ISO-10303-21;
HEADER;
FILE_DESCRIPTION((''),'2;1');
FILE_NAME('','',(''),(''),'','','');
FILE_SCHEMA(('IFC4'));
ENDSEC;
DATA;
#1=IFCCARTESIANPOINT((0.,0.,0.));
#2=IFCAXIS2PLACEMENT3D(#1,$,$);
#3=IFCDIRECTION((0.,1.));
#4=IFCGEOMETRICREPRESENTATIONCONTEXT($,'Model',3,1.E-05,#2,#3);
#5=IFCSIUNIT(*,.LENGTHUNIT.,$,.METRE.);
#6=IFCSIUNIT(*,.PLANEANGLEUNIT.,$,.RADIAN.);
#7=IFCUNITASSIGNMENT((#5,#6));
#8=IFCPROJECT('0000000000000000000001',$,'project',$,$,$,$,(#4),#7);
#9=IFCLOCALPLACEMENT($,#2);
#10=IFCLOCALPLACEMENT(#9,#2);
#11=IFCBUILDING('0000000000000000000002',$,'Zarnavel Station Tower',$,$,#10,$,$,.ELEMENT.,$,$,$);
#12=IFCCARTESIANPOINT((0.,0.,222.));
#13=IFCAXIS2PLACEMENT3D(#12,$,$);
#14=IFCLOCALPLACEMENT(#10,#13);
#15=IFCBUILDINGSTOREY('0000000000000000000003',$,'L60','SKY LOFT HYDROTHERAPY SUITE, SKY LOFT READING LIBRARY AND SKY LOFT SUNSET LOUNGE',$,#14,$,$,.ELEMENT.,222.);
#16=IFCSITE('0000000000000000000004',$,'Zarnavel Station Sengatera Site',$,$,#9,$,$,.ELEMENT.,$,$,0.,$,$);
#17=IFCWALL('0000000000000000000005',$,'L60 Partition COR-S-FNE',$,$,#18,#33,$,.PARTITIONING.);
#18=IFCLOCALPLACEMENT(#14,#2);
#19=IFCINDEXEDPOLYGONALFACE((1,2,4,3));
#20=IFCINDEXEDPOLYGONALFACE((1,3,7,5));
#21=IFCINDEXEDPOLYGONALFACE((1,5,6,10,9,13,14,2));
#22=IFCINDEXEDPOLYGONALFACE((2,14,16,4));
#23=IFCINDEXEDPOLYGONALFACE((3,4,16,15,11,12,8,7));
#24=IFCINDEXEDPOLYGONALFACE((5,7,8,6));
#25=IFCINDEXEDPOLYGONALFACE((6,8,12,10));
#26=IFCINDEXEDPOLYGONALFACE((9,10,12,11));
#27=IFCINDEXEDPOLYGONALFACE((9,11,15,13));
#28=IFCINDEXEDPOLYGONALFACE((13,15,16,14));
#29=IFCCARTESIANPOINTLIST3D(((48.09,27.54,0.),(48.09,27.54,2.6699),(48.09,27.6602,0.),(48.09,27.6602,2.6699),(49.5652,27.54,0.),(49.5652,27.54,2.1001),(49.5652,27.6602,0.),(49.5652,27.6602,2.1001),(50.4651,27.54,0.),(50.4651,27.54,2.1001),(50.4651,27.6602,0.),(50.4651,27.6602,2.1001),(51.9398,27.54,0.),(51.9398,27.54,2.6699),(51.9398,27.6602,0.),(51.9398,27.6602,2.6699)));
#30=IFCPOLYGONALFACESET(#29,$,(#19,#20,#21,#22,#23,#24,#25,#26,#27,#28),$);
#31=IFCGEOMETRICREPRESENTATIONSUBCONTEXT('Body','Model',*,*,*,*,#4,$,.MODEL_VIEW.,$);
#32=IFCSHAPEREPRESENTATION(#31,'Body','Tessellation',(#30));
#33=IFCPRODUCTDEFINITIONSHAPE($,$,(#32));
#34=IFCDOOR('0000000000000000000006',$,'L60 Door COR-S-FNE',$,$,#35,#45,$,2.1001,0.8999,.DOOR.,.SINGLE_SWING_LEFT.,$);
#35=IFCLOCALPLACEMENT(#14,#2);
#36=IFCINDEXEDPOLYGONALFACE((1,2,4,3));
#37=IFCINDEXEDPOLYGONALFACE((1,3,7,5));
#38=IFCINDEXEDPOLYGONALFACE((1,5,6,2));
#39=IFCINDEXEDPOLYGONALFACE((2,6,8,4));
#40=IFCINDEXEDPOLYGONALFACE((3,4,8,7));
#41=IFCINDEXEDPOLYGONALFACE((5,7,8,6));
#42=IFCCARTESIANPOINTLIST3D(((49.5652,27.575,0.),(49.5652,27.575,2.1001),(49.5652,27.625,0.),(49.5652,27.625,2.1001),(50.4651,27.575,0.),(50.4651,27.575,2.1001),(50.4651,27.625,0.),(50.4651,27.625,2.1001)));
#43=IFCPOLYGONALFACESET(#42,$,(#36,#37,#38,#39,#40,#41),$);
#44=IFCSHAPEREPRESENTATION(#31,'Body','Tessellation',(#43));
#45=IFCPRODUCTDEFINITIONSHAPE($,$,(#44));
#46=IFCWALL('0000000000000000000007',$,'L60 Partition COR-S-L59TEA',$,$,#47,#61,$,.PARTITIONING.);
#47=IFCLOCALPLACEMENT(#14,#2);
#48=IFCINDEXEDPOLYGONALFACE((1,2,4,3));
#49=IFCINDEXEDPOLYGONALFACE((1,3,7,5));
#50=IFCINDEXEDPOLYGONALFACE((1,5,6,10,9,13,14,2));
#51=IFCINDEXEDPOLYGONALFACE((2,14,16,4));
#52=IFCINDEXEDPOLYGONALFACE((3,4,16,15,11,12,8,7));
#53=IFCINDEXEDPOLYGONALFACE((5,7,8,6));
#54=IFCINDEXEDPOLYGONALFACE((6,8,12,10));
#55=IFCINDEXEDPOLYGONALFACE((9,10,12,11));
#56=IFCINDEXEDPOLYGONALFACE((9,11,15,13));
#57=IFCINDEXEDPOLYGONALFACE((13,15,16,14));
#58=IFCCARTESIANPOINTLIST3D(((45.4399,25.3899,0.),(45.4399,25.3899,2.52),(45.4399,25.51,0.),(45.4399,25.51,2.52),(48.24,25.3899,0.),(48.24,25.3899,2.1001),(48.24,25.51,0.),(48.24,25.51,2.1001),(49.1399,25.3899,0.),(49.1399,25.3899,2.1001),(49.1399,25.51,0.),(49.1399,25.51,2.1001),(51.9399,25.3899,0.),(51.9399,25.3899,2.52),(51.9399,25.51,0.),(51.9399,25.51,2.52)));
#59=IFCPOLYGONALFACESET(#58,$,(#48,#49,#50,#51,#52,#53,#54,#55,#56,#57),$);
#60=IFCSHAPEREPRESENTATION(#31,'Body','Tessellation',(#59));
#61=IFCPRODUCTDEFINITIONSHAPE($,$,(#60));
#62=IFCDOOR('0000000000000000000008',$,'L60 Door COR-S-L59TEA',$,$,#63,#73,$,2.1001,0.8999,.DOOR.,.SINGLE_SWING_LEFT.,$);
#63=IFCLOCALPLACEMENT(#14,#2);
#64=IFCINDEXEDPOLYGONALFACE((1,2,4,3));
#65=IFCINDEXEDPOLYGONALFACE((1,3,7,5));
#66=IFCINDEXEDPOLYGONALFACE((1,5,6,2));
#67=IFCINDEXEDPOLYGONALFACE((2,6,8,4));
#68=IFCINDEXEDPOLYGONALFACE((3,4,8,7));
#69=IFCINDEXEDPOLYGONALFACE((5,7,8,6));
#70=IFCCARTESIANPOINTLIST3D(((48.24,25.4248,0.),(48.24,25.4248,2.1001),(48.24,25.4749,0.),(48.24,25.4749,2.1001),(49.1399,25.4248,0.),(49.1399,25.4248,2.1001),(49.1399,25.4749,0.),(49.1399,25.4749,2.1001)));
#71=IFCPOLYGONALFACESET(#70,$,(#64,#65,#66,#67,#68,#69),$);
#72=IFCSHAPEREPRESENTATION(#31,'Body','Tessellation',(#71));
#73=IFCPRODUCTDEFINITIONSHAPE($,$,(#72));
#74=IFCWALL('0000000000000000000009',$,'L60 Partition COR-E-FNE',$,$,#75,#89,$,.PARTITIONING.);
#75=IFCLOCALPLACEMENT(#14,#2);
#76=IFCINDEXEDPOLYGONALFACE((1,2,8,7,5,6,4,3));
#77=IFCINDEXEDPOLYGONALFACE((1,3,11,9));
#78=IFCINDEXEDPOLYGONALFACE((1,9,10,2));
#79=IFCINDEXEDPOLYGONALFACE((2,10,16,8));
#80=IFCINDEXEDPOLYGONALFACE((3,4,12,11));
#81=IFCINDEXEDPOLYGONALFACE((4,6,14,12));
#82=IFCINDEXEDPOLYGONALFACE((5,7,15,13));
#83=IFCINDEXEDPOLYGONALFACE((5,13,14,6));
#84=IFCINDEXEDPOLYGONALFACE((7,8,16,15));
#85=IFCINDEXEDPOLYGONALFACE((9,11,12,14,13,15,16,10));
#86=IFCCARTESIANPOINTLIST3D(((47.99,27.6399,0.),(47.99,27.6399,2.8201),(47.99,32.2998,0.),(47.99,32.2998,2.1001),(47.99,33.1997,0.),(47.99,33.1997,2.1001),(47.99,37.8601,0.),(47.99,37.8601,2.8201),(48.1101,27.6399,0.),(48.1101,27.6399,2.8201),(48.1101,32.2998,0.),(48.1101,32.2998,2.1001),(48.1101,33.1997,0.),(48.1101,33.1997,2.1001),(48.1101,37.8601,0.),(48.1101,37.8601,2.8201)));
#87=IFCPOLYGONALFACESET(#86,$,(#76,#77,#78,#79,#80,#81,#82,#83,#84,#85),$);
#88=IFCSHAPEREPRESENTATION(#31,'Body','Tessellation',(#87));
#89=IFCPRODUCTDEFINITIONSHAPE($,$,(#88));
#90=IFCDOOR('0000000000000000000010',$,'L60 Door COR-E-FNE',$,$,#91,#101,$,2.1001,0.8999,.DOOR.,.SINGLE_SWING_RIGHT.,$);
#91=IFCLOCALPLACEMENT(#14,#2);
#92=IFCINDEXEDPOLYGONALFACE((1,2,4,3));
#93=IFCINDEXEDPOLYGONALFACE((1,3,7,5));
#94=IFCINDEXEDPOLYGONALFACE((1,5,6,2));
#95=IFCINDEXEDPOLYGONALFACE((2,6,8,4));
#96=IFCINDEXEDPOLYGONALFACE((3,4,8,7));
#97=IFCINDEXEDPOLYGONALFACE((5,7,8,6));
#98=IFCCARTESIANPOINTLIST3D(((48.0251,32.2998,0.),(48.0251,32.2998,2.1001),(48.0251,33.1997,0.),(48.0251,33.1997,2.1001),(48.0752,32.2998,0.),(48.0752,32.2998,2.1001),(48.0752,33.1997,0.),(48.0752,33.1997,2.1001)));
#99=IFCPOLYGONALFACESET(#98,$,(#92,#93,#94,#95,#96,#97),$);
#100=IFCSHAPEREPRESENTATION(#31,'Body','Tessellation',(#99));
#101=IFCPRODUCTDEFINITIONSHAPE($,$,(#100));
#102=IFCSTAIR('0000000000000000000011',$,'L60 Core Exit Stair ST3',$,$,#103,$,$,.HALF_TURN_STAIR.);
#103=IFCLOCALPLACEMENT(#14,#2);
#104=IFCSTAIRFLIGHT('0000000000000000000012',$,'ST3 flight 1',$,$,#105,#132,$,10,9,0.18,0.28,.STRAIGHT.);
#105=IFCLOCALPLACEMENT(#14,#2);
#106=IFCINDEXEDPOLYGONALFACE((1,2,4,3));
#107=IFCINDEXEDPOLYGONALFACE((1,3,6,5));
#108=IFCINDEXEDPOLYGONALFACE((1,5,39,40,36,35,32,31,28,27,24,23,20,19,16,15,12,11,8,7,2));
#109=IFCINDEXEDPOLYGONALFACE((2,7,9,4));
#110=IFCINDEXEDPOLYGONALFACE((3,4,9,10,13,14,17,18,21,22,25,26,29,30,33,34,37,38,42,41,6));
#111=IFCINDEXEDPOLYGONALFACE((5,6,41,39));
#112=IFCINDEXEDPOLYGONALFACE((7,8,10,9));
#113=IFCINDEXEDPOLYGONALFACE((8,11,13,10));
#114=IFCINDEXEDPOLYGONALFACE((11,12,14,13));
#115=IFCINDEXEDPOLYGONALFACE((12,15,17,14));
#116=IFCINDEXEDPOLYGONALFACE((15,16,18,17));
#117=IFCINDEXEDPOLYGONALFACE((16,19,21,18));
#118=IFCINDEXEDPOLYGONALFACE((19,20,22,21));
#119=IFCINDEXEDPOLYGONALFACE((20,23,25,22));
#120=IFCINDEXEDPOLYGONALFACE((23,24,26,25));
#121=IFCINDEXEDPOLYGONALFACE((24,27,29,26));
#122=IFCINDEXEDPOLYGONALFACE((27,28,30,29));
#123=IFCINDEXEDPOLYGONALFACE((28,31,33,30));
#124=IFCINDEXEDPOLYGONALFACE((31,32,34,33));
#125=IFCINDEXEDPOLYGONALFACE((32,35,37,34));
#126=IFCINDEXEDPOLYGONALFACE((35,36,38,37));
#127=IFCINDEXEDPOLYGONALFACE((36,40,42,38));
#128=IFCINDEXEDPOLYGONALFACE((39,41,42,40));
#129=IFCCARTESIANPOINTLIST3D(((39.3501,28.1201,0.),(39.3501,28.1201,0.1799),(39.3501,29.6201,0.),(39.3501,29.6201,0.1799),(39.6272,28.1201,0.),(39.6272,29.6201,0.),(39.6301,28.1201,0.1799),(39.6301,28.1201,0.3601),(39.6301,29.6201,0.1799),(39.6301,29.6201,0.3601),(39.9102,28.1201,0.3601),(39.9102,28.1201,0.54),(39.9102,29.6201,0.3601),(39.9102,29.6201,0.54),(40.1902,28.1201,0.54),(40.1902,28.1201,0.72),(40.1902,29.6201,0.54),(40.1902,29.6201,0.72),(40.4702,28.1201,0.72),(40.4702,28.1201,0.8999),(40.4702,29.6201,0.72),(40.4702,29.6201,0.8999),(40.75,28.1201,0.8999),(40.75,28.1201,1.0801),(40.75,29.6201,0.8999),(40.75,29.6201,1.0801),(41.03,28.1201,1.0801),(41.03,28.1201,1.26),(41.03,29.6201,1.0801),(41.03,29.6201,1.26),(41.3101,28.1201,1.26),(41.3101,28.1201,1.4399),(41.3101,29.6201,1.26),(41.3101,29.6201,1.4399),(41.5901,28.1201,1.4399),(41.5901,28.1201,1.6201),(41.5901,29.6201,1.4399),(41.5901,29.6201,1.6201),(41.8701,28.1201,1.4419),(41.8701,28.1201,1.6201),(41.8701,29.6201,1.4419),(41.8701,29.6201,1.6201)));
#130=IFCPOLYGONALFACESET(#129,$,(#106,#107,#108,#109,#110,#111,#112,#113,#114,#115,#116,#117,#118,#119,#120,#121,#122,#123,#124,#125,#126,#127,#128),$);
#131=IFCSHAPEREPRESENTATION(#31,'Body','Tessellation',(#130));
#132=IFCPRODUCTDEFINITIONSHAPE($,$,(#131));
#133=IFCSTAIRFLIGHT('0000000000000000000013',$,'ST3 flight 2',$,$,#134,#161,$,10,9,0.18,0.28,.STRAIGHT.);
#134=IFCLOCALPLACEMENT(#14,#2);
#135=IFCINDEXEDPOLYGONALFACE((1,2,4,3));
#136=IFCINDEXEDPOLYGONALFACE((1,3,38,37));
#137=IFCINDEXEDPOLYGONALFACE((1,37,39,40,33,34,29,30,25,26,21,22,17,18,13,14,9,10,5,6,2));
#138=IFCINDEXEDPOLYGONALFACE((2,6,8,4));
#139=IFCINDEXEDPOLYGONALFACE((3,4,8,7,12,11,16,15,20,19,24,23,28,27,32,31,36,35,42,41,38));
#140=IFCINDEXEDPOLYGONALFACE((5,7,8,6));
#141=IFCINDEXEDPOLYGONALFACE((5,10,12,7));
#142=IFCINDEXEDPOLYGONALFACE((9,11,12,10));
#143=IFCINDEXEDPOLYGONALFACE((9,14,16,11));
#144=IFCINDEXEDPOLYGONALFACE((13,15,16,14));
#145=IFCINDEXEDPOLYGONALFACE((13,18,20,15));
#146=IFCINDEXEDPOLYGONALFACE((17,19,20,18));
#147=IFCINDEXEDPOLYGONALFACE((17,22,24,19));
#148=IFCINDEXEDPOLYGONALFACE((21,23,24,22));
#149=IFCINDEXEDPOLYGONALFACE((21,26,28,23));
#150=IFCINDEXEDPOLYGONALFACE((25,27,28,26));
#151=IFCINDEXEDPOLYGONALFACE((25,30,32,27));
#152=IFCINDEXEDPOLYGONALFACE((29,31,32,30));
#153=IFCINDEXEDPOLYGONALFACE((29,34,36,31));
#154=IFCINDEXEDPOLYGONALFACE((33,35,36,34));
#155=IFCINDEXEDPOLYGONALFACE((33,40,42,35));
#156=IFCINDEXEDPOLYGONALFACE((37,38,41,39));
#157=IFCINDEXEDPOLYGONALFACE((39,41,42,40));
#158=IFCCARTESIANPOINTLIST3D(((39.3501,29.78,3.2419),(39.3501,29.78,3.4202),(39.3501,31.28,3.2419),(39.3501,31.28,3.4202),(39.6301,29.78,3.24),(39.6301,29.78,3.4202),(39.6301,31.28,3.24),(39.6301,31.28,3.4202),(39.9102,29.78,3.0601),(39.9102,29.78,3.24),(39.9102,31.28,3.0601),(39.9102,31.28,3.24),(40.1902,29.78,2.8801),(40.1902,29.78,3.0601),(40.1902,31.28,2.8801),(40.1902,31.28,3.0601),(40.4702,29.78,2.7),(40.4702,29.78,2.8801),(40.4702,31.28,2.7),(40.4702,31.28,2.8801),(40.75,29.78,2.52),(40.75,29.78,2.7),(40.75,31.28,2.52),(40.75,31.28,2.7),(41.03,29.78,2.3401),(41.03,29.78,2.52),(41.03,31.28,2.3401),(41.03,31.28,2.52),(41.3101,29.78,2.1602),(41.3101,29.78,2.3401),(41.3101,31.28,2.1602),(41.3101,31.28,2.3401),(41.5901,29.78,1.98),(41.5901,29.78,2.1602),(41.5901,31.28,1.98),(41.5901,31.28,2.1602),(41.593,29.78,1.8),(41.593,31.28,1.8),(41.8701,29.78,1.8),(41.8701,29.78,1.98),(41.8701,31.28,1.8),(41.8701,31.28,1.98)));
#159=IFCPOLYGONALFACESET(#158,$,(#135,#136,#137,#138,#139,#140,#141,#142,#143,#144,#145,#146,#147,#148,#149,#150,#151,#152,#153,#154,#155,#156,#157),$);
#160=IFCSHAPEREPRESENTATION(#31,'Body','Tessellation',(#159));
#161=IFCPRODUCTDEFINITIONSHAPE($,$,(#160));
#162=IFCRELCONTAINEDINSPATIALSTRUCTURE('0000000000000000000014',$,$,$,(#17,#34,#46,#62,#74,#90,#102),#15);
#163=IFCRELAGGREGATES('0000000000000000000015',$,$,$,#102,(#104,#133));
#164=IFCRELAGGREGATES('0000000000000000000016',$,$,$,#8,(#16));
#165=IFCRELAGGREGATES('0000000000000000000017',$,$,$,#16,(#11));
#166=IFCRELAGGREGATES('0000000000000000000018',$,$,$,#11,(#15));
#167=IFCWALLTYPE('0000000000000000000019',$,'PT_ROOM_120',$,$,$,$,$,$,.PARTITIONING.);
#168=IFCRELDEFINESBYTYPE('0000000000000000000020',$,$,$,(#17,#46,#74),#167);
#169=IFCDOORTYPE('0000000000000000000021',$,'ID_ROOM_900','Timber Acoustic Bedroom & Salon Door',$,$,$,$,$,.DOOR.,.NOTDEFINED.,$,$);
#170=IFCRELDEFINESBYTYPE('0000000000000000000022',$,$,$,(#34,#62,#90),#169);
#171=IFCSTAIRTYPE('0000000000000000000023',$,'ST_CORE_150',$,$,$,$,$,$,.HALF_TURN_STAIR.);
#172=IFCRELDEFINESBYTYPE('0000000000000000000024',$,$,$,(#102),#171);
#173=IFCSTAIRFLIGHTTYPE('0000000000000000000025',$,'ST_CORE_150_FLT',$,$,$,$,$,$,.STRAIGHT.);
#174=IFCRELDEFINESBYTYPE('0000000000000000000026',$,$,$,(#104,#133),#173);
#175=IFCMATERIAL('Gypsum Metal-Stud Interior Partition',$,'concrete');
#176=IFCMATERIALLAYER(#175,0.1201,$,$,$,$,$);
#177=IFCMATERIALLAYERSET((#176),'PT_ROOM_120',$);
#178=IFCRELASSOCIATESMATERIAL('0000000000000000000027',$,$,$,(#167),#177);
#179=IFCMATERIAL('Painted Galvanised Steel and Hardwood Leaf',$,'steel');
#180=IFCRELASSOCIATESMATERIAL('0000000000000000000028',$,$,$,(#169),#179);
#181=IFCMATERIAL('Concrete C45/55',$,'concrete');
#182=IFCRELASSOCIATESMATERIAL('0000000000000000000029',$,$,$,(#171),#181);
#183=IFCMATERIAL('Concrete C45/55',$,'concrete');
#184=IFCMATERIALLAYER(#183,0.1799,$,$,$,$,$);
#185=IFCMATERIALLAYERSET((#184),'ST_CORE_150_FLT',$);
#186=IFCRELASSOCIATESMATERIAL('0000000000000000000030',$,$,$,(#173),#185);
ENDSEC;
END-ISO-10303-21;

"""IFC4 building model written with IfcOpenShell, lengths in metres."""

from ifc_helpers import new_model, si_unit, direction, frame, frame_2d, origin, place, context, subcontext, project, spatial, polyline, rectangle, outline, extrude, material, layer, layer_set, type_object, element, fill, aggregate, save


model = new_model("IFC4")

# Units and contexts
model_context = context("Model", 3, precision=1e-05, world=origin(), true_north=direction((0.0, 1.0)))
body_context = subcontext(model_context, "Body", "Model", "MODEL_VIEW")
ifc_project = project(units=[si_unit("LENGTHUNIT", "METRE"), si_unit("PLANEANGLEUNIT", "RADIAN")], contexts=[model_context])

# Site, building, storey
site_placement = place(None, origin())
site = spatial("IfcSite", under=ifc_project, at=site_placement, Name="Zarnavel Station Sengatera Site", CompositionType="ELEMENT", RefElevation=0.0)
building_placement = place(site_placement, origin())
building = spatial("IfcBuilding", under=site, at=building_placement, Name="Zarnavel Station Tower", CompositionType="ELEMENT")
storey_placement = place(building_placement, frame((0.0, 0.0, 222.0)))
storey = spatial("IfcBuildingStorey", under=building, at=storey_placement, Name="L60", Description="SKY LOFT HYDROTHERAPY SUITE, SKY LOFT READING LIBRARY AND SKY LOFT SUNSET LOUNGE", CompositionType="ELEMENT", Elevation=222.0)

# Walls, openings, doors
ifc_material_1 = material(Name="Gypsum Metal-Stud Interior Partition", Category="concrete")
ifc_layer_1 = layer(ifc_material_1, 0.1201)
ifc_layer_set_1 = layer_set([ifc_layer_1], Name="PT_ROOM_120")
wall_type_1 = type_object("IfcWallType", Name="PT_ROOM_120", PredefinedType="PARTITIONING", material=ifc_layer_set_1)
wall_1_placement = place(storey_placement, frame((48.0901, 27.6001, 0.0), z_axis=(0.0, 0.0, 1.0), x_axis=(1.0, 0.0, 0.0)))
wall_1 = element("IfcWall", 1, at=wall_1_placement, inside=storey, type_object=wall_type_1, Name="L60 Partition COR-S-FNE", PredefinedType="PARTITIONING", context=body_context, shape_type="SweptSolid", body=[
    extrude(rectangle(XDim=3.8499, YDim=0.1201, at=frame_2d((1.9248, 0.0))), origin(), (0.0, 0.0, 1.0), 2.6699),
])
opening_1_placement = place(wall_1_placement, frame((1.4751, 0.0, 0.0)))
opening_1 = element("IfcOpeningElement", 2, at=opening_1_placement, cuts=wall_1, PredefinedType="OPENING", context=body_context, shape_type="SweptSolid", body=[
    extrude(rectangle(XDim=0.8999, YDim=2.1001, at=frame_2d((0.45, 1.05))), frame((0.0, 0.0701, 0.0), z_axis=(0.0, -1.0, 0.0), x_axis=(1.0, 0.0, 0.0)), (0.0, 0.0, 1.0), 0.1401),
])
ifc_material_2 = material(Name="Painted Galvanised Steel and Hardwood Leaf", Category="steel")
door_type_1 = type_object("IfcDoorType", Name="ID_ROOM_900", Description="Timber Acoustic Bedroom & Salon Door", OperationType="NOTDEFINED", PredefinedType="DOOR", material=ifc_material_2)
door_1_placement = place(opening_1_placement, origin())
door_1 = element("IfcDoor", 3, at=door_1_placement, inside=storey, type_object=door_type_1, Name="L60 Door COR-S-FNE", OperationType="SINGLE_SWING_LEFT", OverallHeight=2.1001, OverallWidth=0.8999, PredefinedType="DOOR", context=body_context, shape_type="SweptSolid", body=[
    extrude(rectangle(XDim=0.8999, YDim=2.1001, at=frame_2d((0.45, 1.05))), frame((0.0, 0.0249, 0.0), z_axis=(0.0, -1.0, 0.0), x_axis=(1.0, 0.0, 0.0)), (0.0, 0.0, 1.0), 0.05),
])
fill(opening_1, door_1)
wall_2_placement = place(storey_placement, frame((45.4399, 25.45, 0.0), z_axis=(0.0, 0.0, 1.0), x_axis=(1.0, 0.0, 0.0)))
wall_2 = element("IfcWall", 4, at=wall_2_placement, inside=storey, type_object=wall_type_1, Name="L60 Partition COR-S-L59TEA", PredefinedType="PARTITIONING", context=body_context, shape_type="SweptSolid", body=[
    extrude(rectangle(XDim=6.5, YDim=0.1201, at=frame_2d((3.25, 0.0))), origin(), (0.0, 0.0, 1.0), 2.52),
])
opening_2_placement = place(wall_2_placement, frame((2.8, 0.0, 0.0)))
opening_2 = element("IfcOpeningElement", 5, at=opening_2_placement, cuts=wall_2, PredefinedType="OPENING", context=body_context, shape_type="SweptSolid", body=[
    extrude(rectangle(XDim=0.8999, YDim=2.1001, at=frame_2d((0.45, 1.05))), frame((0.0, 0.0701, 0.0), z_axis=(0.0, -1.0, 0.0), x_axis=(1.0, 0.0, 0.0)), (0.0, 0.0, 1.0), 0.1401),
])
door_2_placement = place(opening_2_placement, origin())
door_2 = element("IfcDoor", 6, at=door_2_placement, inside=storey, type_object=door_type_1, Name="L60 Door COR-S-L59TEA", OperationType="SINGLE_SWING_LEFT", OverallHeight=2.1001, OverallWidth=0.8999, PredefinedType="DOOR", context=body_context, shape_type="SweptSolid", body=[
    extrude(rectangle(XDim=0.8999, YDim=2.1001, at=frame_2d((0.45, 1.05))), frame((0.0, 0.0249, 0.0), z_axis=(0.0, -1.0, 0.0), x_axis=(1.0, 0.0, 0.0)), (0.0, 0.0, 1.0), 0.05),
])
fill(opening_2, door_2)
wall_3_placement = place(storey_placement, frame((48.05, 27.6399, 0.0), z_axis=(0.0, 0.0, 1.0), x_axis=(0.0, 1.0, 0.0)))
wall_3 = element("IfcWall", 7, at=wall_3_placement, inside=storey, type_object=wall_type_1, Name="L60 Partition COR-E-FNE", PredefinedType="PARTITIONING", context=body_context, shape_type="SweptSolid", body=[
    extrude(rectangle(XDim=10.2202, YDim=0.1201, at=frame_2d((5.1101, 0.0))), origin(), (0.0, 0.0, 1.0), 2.8201),
])
opening_3_placement = place(wall_3_placement, frame((4.6599, 0.0, 0.0)))
opening_3 = element("IfcOpeningElement", 8, at=opening_3_placement, cuts=wall_3, PredefinedType="OPENING", context=body_context, shape_type="SweptSolid", body=[
    extrude(rectangle(XDim=0.8999, YDim=2.1001, at=frame_2d((0.45, 1.05))), frame((0.0, 0.0701, 0.0), z_axis=(0.0, -1.0, 0.0), x_axis=(1.0, 0.0, 0.0)), (0.0, 0.0, 1.0), 0.1401),
])
door_3_placement = place(opening_3_placement, origin())
door_3 = element("IfcDoor", 9, at=door_3_placement, inside=storey, type_object=door_type_1, Name="L60 Door COR-E-FNE", OperationType="SINGLE_SWING_RIGHT", OverallHeight=2.1001, OverallWidth=0.8999, PredefinedType="DOOR", context=body_context, shape_type="SweptSolid", body=[
    extrude(rectangle(XDim=0.8999, YDim=2.1001, at=frame_2d((0.45, 1.05))), frame((0.0, 0.0249, 0.0), z_axis=(0.0, -1.0, 0.0), x_axis=(1.0, 0.0, 0.0)), (0.0, 0.0, 1.0), 0.05),
])
fill(opening_3, door_3)

# Stair, stair flights
ifc_material_3 = material(Name="Concrete C45/55", Category="concrete")
stair_type = type_object("IfcStairType", Name="ST_CORE_150", PredefinedType="HALF_TURN_STAIR", material=ifc_material_3)
stair_placement = place(storey_placement, origin())
stair = element("IfcStair", 10, at=stair_placement, inside=storey, type_object=stair_type, Name="L60 Core Exit Stair ST3", PredefinedType="HALF_TURN_STAIR")
ifc_material_4 = material(Name="Concrete C45/55", Category="concrete")
ifc_layer_2 = layer(ifc_material_4, 0.1799)
ifc_layer_set_2 = layer_set([ifc_layer_2], Name="ST_CORE_150_FLT")
stair_flight_type = type_object("IfcStairFlightType", Name="ST_CORE_150_FLT", PredefinedType="STRAIGHT", material=ifc_layer_set_2)
stair_flight_1_placement = place(storey_placement, frame((39.3501, 28.8701, 0.0), z_axis=(0.0, 0.0, 1.0), x_axis=(1.0, 0.0, 0.0)))
stair_flight_1 = element("IfcStairFlight", 11, at=stair_flight_1_placement, type_object=stair_flight_type, Name="ST3 flight 1", NumberOfRisers=10, NumberOfTreads=9, PredefinedType="STRAIGHT", RiserHeight=0.18, TreadLength=0.28, context=body_context, shape_type="SweptSolid", body=[
    extrude(outline(polyline([(0.0, 0.0), (0.0, 0.1799), (0.28, 0.1799), (0.28, 0.3601), (0.5601, 0.3601), (0.5601, 0.54), (0.8401, 0.54), (0.8401, 0.72), (1.1201, 0.72), (1.1201, 0.8999), (1.3999, 0.8999), (1.3999, 1.0801), (1.6799, 1.0801), (1.6799, 1.26), (1.96, 1.26), (1.96, 1.4399), (2.24, 1.4399), (2.24, 1.6201), (2.52, 1.6201), (2.52, 1.8), (2.52, 1.4419), (0.2771, 0.0), (0.0, 0.0)])), frame((0.0, 0.75, 0.0), z_axis=(0.0, -1.0, 0.0), x_axis=(1.0, 0.0, 0.0)), (0.0, 0.0, 1.0), 1.5),
])
stair_flight_2_placement = place(storey_placement, frame((41.8701, 30.53, 1.8), z_axis=(0.0, 0.0, 1.0), x_axis=(-1.0, 0.0, 0.0)))
stair_flight_2 = element("IfcStairFlight", 12, at=stair_flight_2_placement, type_object=stair_flight_type, Name="ST3 flight 2", NumberOfRisers=10, NumberOfTreads=9, PredefinedType="STRAIGHT", RiserHeight=0.18, TreadLength=0.28, context=body_context, shape_type="SweptSolid", body=[
    extrude(outline(polyline([(0.0, 0.0), (0.0, 0.1799), (0.28, 0.1799), (0.28, 0.3601), (0.5601, 0.3601), (0.5601, 0.54), (0.8401, 0.54), (0.8401, 0.72), (1.1201, 0.72), (1.1201, 0.8999), (1.3999, 0.8999), (1.3999, 1.0801), (1.6799, 1.0801), (1.6799, 1.26), (1.96, 1.26), (1.96, 1.4399), (2.24, 1.4399), (2.24, 1.6201), (2.52, 1.6201), (2.52, 1.8), (2.52, 1.4419), (0.2771, 0.0), (0.0, 0.0)])), frame((0.0, 0.75, 0.0), z_axis=(0.0, -1.0, 0.0), x_axis=(1.0, 0.0, 0.0)), (0.0, 0.0, 1.0), 1.5),
])
aggregate(stair, [stair_flight_1, stair_flight_2])

save(model, "model.ifc")
